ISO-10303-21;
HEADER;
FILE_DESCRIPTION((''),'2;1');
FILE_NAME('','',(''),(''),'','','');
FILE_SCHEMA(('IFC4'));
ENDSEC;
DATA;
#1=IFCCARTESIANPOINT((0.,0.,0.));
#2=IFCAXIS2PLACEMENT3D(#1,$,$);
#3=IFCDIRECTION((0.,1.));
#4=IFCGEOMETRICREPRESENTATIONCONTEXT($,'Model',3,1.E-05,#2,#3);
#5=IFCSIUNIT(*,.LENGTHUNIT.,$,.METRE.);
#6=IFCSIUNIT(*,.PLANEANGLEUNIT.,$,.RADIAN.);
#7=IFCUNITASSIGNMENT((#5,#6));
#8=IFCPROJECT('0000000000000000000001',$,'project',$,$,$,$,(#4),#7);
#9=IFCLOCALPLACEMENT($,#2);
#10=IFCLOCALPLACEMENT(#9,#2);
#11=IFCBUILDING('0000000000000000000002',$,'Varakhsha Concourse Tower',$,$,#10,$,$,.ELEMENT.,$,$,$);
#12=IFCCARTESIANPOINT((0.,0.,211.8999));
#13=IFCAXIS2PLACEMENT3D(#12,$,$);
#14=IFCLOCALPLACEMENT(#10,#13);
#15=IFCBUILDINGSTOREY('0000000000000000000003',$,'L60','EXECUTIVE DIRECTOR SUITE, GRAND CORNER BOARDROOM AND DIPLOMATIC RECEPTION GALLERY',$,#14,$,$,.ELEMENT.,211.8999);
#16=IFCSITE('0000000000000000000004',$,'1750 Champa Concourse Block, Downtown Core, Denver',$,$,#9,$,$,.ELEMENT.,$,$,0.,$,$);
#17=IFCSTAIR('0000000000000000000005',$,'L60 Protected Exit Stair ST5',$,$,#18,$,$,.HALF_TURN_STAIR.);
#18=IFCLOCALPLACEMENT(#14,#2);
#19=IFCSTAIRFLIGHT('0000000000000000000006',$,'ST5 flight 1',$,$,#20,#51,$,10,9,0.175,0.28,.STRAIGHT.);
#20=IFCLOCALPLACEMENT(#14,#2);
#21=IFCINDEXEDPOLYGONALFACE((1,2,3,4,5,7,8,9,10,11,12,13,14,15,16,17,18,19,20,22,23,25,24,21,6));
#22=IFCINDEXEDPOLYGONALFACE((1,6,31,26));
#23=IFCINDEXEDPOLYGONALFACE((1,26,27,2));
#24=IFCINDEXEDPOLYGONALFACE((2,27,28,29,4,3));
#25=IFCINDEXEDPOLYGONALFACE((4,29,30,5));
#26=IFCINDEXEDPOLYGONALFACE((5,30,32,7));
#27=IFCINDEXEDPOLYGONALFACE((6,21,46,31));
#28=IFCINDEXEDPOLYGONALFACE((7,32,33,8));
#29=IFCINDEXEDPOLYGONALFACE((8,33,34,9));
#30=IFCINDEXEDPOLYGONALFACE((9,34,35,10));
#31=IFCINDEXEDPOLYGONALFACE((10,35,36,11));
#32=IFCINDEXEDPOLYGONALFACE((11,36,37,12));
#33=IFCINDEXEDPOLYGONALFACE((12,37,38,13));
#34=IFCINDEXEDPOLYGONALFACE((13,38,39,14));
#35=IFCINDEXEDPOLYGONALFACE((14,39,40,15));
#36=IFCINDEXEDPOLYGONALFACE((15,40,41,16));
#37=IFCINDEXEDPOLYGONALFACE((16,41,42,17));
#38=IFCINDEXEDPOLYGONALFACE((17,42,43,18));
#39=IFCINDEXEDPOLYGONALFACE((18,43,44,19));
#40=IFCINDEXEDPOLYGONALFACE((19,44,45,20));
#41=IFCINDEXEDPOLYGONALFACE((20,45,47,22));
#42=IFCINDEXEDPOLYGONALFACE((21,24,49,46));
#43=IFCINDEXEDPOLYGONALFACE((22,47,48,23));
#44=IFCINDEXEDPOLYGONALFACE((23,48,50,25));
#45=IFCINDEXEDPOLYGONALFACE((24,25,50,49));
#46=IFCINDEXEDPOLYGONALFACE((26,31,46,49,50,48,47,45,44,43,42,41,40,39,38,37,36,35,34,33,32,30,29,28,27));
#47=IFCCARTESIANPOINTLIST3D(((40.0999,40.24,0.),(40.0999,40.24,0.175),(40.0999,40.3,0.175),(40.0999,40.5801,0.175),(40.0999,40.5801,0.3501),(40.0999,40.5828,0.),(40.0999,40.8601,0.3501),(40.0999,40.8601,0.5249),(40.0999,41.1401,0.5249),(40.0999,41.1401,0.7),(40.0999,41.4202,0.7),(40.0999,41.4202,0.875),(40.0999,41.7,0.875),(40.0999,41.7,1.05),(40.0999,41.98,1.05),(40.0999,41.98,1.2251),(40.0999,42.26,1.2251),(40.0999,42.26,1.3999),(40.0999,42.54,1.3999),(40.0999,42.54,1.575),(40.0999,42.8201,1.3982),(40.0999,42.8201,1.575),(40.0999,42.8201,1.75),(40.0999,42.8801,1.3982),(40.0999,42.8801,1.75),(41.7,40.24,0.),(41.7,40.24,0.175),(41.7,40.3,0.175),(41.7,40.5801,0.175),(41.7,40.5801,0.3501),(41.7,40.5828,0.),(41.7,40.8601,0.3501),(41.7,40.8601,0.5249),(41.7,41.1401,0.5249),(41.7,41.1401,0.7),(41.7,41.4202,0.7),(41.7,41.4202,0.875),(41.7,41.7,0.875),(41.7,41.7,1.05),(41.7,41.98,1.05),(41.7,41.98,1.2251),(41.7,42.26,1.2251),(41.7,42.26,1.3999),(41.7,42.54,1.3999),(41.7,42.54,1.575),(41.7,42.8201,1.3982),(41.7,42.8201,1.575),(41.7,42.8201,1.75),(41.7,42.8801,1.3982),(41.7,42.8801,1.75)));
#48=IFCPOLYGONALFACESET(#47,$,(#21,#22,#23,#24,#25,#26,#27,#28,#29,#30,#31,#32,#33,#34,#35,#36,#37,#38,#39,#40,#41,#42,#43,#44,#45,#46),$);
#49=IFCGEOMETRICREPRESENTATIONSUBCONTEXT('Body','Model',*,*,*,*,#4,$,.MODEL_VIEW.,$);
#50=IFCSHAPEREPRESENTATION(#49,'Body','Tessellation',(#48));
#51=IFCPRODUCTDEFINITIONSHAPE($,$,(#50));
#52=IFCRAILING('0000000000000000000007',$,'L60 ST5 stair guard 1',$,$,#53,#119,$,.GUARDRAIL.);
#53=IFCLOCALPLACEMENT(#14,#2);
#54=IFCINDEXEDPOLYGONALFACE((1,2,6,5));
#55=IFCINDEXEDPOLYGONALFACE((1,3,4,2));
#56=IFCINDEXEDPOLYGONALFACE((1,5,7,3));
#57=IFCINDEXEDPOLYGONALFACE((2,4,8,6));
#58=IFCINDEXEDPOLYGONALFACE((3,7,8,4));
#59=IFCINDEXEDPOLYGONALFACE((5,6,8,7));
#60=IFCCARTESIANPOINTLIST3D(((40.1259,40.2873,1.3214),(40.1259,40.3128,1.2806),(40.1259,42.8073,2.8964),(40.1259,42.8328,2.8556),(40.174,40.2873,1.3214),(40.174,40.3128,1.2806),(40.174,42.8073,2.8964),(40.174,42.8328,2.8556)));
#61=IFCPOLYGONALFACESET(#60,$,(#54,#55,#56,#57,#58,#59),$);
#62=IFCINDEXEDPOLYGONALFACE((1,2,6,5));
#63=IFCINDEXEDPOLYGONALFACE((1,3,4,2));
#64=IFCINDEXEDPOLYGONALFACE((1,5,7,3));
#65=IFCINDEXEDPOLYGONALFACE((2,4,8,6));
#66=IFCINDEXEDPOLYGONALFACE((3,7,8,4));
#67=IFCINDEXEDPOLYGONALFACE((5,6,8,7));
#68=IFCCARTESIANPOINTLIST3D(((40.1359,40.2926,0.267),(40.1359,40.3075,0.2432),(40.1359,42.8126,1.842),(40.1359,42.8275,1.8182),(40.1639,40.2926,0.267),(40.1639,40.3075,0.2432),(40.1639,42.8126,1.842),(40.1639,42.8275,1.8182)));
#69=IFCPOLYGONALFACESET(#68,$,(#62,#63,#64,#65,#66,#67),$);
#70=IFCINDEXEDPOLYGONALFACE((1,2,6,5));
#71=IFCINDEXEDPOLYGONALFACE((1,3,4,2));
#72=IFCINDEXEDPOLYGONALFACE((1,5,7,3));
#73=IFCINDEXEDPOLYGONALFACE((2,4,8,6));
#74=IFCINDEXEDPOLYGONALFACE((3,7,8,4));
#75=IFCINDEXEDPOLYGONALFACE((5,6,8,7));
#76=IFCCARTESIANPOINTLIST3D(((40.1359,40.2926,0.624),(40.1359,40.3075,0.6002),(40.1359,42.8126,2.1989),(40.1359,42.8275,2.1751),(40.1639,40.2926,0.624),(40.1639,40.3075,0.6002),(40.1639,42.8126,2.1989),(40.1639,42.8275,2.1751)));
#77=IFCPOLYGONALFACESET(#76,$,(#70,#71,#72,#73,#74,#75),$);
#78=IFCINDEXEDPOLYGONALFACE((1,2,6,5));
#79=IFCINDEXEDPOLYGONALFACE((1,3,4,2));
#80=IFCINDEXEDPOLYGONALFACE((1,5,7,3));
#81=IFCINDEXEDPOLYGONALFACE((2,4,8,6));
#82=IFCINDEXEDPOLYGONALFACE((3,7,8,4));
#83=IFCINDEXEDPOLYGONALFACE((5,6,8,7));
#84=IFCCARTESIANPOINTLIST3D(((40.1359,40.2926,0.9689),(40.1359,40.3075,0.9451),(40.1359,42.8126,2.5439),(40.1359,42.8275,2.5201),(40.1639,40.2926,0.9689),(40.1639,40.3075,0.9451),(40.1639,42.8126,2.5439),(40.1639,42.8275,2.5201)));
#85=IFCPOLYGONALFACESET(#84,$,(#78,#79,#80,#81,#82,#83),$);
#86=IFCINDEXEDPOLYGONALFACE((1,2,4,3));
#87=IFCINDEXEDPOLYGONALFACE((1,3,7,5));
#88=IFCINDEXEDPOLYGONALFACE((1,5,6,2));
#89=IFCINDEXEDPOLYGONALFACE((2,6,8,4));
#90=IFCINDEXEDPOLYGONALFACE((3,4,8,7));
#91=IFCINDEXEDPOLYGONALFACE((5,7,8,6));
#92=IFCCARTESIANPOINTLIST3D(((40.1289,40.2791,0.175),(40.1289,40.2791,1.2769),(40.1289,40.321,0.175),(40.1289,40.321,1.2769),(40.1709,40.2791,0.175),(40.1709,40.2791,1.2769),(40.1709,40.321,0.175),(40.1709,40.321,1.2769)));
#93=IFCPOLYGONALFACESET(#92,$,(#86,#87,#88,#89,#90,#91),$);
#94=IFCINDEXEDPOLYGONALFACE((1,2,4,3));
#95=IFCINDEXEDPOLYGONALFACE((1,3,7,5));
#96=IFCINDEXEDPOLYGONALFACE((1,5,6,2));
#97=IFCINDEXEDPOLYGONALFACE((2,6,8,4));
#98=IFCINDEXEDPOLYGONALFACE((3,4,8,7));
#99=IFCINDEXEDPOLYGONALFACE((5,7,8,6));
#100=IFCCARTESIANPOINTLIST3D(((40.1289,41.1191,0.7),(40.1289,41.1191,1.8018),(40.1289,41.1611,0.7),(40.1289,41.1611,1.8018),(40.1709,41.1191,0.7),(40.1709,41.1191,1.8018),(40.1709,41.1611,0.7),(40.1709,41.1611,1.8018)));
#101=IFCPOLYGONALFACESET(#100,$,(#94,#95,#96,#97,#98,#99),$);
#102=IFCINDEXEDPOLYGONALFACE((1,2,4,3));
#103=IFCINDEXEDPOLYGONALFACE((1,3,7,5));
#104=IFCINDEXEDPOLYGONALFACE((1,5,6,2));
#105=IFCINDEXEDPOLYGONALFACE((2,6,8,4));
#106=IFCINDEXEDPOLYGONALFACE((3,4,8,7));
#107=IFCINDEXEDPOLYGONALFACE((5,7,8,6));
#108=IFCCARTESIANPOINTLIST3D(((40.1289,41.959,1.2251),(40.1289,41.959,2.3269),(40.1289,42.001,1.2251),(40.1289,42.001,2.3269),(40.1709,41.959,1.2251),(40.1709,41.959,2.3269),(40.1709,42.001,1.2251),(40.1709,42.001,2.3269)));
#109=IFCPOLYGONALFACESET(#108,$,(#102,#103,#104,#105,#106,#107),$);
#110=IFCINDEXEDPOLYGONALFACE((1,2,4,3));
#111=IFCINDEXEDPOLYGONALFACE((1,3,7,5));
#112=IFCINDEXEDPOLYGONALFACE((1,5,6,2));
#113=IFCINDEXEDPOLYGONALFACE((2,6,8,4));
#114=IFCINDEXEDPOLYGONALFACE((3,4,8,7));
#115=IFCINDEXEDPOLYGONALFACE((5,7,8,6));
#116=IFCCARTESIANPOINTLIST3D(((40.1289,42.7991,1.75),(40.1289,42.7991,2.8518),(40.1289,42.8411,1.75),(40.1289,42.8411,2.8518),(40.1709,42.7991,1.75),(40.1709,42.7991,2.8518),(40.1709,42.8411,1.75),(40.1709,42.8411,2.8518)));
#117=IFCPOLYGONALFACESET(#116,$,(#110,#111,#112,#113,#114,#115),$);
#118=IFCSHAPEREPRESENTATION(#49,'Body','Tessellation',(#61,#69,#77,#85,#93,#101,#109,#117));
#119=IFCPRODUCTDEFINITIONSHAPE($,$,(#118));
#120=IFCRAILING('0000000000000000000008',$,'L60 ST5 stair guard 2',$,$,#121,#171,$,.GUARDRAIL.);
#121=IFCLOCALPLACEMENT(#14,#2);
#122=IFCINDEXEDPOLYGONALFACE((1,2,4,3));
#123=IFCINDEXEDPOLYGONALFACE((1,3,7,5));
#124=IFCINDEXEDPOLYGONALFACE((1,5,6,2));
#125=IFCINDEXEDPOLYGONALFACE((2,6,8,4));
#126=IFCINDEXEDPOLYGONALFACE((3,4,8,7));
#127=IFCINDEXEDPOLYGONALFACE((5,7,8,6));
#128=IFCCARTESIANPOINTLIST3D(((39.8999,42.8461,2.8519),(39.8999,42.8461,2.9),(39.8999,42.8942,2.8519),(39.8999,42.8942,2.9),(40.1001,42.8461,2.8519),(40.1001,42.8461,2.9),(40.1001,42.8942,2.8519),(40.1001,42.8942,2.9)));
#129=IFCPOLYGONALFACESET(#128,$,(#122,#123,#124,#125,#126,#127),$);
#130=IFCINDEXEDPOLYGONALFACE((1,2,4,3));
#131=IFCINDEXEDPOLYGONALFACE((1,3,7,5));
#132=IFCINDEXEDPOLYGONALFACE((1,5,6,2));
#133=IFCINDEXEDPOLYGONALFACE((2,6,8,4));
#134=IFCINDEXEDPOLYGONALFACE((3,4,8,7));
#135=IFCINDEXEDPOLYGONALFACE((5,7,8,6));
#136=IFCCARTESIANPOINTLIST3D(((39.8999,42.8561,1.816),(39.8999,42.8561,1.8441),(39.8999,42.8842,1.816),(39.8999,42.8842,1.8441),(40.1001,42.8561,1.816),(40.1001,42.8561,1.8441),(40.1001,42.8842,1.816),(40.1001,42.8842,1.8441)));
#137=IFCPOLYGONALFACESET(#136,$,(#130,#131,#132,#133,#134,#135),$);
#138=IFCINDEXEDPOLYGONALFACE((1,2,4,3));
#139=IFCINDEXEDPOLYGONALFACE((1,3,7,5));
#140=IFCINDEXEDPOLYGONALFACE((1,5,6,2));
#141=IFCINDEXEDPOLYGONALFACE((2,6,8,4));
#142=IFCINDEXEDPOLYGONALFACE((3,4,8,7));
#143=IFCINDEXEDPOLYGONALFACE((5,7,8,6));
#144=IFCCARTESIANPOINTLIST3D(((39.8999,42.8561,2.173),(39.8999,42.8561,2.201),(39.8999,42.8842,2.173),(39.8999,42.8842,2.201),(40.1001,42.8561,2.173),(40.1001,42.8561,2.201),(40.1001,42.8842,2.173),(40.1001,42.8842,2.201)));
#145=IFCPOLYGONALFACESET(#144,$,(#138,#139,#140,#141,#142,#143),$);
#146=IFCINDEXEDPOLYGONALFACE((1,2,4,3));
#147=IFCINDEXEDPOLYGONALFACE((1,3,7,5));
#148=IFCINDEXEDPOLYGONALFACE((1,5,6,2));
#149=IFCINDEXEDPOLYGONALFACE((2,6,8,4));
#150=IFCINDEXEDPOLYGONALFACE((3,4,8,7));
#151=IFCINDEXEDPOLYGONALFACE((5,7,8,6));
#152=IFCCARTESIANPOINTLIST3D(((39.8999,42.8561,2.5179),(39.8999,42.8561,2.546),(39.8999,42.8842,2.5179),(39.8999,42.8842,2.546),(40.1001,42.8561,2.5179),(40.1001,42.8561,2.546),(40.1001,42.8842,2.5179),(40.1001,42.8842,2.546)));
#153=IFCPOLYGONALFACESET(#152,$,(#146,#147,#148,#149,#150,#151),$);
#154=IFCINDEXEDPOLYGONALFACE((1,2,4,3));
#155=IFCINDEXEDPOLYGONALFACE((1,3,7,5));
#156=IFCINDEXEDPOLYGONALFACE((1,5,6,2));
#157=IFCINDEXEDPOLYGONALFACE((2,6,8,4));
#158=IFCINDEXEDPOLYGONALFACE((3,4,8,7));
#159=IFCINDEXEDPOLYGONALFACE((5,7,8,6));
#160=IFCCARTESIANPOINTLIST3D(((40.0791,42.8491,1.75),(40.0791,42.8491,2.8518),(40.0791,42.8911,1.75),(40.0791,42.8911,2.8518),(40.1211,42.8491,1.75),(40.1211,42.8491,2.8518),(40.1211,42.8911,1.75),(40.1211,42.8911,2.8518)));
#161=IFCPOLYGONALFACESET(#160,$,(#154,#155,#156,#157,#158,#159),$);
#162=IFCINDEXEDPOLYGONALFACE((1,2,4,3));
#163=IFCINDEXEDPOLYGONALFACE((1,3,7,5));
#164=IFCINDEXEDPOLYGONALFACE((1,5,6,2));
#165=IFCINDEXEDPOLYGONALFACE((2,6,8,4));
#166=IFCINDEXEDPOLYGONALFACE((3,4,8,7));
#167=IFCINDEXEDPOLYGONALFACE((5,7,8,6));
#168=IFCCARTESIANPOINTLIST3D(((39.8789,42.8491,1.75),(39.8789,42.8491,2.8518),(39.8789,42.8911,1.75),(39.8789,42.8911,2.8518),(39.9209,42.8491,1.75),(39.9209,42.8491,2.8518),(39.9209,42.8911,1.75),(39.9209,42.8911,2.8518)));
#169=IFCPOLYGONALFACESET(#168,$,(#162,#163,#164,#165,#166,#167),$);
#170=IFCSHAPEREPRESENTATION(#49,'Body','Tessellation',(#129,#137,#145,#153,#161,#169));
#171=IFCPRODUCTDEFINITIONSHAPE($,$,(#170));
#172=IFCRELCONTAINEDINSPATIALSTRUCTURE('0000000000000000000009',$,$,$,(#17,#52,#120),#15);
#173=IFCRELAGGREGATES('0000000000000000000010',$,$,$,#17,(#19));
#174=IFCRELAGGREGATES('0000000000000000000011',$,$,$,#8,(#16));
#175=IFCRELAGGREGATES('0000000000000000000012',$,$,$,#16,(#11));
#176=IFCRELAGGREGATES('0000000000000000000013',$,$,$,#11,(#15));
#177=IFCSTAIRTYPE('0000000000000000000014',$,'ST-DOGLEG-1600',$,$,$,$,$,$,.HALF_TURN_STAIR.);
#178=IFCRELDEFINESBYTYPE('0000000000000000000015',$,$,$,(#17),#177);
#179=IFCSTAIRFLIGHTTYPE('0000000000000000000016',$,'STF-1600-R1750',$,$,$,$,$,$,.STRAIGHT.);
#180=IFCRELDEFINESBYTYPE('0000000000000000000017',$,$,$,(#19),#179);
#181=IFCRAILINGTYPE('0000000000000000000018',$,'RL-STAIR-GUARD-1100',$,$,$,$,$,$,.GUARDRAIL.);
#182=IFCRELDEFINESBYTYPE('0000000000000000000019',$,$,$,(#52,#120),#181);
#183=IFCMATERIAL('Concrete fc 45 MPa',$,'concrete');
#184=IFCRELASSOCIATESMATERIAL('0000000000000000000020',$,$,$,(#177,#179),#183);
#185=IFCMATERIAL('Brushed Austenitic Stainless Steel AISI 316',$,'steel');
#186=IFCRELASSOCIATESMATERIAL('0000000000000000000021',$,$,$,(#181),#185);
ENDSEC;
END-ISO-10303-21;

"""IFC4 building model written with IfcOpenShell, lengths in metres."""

from ifc_helpers import new_model, si_unit, direction, frame, origin, origin_2d, place, context, subcontext, project, spatial, polyline, rectangle, outline, extrude, material, type_object, element, aggregate, save


model = new_model("IFC4")

# Units and contexts
model_context = context("Model", 3, precision=1e-05, world=origin(), true_north=direction((0.0, 1.0)))
body_context = subcontext(model_context, "Body", "Model", "MODEL_VIEW")
ifc_project = project(units=[si_unit("LENGTHUNIT", "METRE"), si_unit("PLANEANGLEUNIT", "RADIAN")], contexts=[model_context])

# Site, building, storey
site_placement = place(None, origin())
site = spatial("IfcSite", under=ifc_project, at=site_placement, Name="1750 Champa Concourse Block, Downtown Core, Denver", CompositionType="ELEMENT", RefElevation=0.0)
building_placement = place(site_placement, origin())
building = spatial("IfcBuilding", under=site, at=building_placement, Name="Varakhsha Concourse Tower", CompositionType="ELEMENT")
storey_placement = place(building_placement, frame((0.0, 0.0, 211.8999)))
storey = spatial("IfcBuildingStorey", under=building, at=storey_placement, Name="L60", Description="EXECUTIVE DIRECTOR SUITE, GRAND CORNER BOARDROOM AND DIPLOMATIC RECEPTION GALLERY", CompositionType="ELEMENT", Elevation=211.8999)

# Shared definitions
ifc_material_1 = material(Name="Concrete fc 45 MPa", Category="concrete")

# Stair, stair flight
stair_type = type_object("IfcStairType", Name="ST-DOGLEG-1600", PredefinedType="HALF_TURN_STAIR", material=ifc_material_1)
stair_placement = place(storey_placement, origin())
stair = element("IfcStair", 1, at=stair_placement, inside=storey, type_object=stair_type, Name="L60 Protected Exit Stair ST5", PredefinedType="HALF_TURN_STAIR")
stair_flight_type = type_object("IfcStairFlightType", Name="STF-1600-R1750", PredefinedType="STRAIGHT", material=ifc_material_1)
stair_flight_placement = place(storey_placement, frame((40.8999, 40.3, 0.0), z_axis=(0.0, 0.0, 1.0), x_axis=(0.0, 1.0, 0.0)))
stair_flight = element("IfcStairFlight", 2, at=stair_flight_placement, type_object=stair_flight_type, Name="ST5 flight 1", NumberOfRisers=10, NumberOfTreads=9, PredefinedType="STRAIGHT", RiserHeight=0.175, TreadLength=0.28, context=body_context, shape_type="SweptSolid", body=[
    extrude(outline(polyline([(-0.0601, 0.0), (-0.0601, 0.175), (0.0, 0.175), (0.28, 0.175), (0.28, 0.3501), (0.5601, 0.3501), (0.5601, 0.5249), (0.8401, 0.5249), (0.8401, 0.7), (1.1201, 0.7), (1.1201, 0.875), (1.3999, 0.875), (1.3999, 1.05), (1.6799, 1.05), (1.6799, 1.2251), (1.96, 1.2251), (1.96, 1.3999), (2.24, 1.3999), (2.24, 1.575), (2.52, 1.575), (2.52, 1.75), (2.5801, 1.75), (2.5801, 1.3982), (2.52, 1.3982), (0.2827, 0.0), (-0.0601, 0.0)])), frame((0.0, 0.8, 0.0), z_axis=(0.0, -1.0, 0.0), x_axis=(1.0, 0.0, 0.0)), (0.0, 0.0, 1.0), 1.6001),
])
aggregate(stair, [stair_flight])

# Railings
ifc_material_2 = material(Name="Brushed Austenitic Stainless Steel AISI 316", Category="steel")
railing_type_1 = type_object("IfcRailingType", Name="RL-STAIR-GUARD-1100", PredefinedType="GUARDRAIL", material=ifc_material_2)
railing_1_placement = place(storey_placement, frame((40.1499, 40.3, 0.175)))
element("IfcRailing", 3, at=railing_1_placement, inside=storey, type_object=railing_type_1, Name="L60 ST5 stair guard 1", PredefinedType="GUARDRAIL", context=body_context, shape_type="SweptSolid", body=[
    extrude(rectangle(XDim=0.0481, YDim=0.0481, at=origin_2d()), frame((0.0, 0.0, 1.126), z_axis=(0.0, 0.848008, 0.529984), x_axis=(-1.0, 0.0, 0.0)), (0.0, 0.0, 1.0), 2.9717),
    extrude(rectangle(XDim=0.0281, YDim=0.0281, at=origin_2d()), frame((0.0, 0.0, 0.0801), z_axis=(0.0, 0.848008, 0.529984), x_axis=(-1.0, 0.0, 0.0)), (0.0, 0.0, 1.0), 2.9717),
    extrude(rectangle(XDim=0.0281, YDim=0.0281, at=origin_2d()), frame((0.0, 0.0, 0.437), z_axis=(0.0, 0.848008, 0.529984), x_axis=(-1.0, 0.0, 0.0)), (0.0, 0.0, 1.0), 2.9717),
    extrude(rectangle(XDim=0.0281, YDim=0.0281, at=origin_2d()), frame((0.0, 0.0, 0.782), z_axis=(0.0, 0.848008, 0.529984), x_axis=(-1.0, 0.0, 0.0)), (0.0, 0.0, 1.0), 2.9717),
    extrude(rectangle(XDim=0.042, YDim=0.042, at=origin_2d()), origin(), (0.0, 0.0, 1.0), 1.1018),
    extrude(rectangle(XDim=0.042, YDim=0.042, at=origin_2d()), frame((0.0, 0.8401, 0.5249)), (0.0, 0.0, 1.0), 1.1018),
    extrude(rectangle(XDim=0.042, YDim=0.042, at=origin_2d()), frame((0.0, 1.6799, 1.05)), (0.0, 0.0, 1.0), 1.1018),
    extrude(rectangle(XDim=0.042, YDim=0.042, at=origin_2d()), frame((0.0, 2.52, 1.575)), (0.0, 0.0, 1.0), 1.1018),
])
railing_2_placement = place(storey_placement, frame((40.1001, 42.8701, 1.75)))
element("IfcRailing", 4, at=railing_2_placement, inside=storey, type_object=railing_type_1, Name="L60 ST5 stair guard 2", PredefinedType="GUARDRAIL", context=body_context, shape_type="SweptSolid", body=[
    extrude(rectangle(XDim=0.0481, YDim=0.0481, at=origin_2d()), frame((0.0, 0.0, 1.126), z_axis=(-1.0, 0.0, 0.0), x_axis=(0.0, -1.0, 0.0)), (0.0, 0.0, 1.0), 0.2002),
    extrude(rectangle(XDim=0.0281, YDim=0.0281, at=origin_2d()), frame((0.0, 0.0, 0.0801), z_axis=(-1.0, 0.0, 0.0), x_axis=(0.0, -1.0, 0.0)), (0.0, 0.0, 1.0), 0.2002),
    extrude(rectangle(XDim=0.0281, YDim=0.0281, at=origin_2d()), frame((0.0, 0.0, 0.437), z_axis=(-1.0, 0.0, 0.0), x_axis=(0.0, -1.0, 0.0)), (0.0, 0.0, 1.0), 0.2002),
    extrude(rectangle(XDim=0.0281, YDim=0.0281, at=origin_2d()), frame((0.0, 0.0, 0.782), z_axis=(-1.0, 0.0, 0.0), x_axis=(0.0, -1.0, 0.0)), (0.0, 0.0, 1.0), 0.2002),
    extrude(rectangle(XDim=0.042, YDim=0.042, at=origin_2d()), origin(), (0.0, 0.0, 1.0), 1.1018),
    extrude(rectangle(XDim=0.042, YDim=0.042, at=origin_2d()), frame((-0.2002, 0.0, 0.0)), (0.0, 0.0, 1.0), 1.1018),
])

save(model, "model.ifc")
